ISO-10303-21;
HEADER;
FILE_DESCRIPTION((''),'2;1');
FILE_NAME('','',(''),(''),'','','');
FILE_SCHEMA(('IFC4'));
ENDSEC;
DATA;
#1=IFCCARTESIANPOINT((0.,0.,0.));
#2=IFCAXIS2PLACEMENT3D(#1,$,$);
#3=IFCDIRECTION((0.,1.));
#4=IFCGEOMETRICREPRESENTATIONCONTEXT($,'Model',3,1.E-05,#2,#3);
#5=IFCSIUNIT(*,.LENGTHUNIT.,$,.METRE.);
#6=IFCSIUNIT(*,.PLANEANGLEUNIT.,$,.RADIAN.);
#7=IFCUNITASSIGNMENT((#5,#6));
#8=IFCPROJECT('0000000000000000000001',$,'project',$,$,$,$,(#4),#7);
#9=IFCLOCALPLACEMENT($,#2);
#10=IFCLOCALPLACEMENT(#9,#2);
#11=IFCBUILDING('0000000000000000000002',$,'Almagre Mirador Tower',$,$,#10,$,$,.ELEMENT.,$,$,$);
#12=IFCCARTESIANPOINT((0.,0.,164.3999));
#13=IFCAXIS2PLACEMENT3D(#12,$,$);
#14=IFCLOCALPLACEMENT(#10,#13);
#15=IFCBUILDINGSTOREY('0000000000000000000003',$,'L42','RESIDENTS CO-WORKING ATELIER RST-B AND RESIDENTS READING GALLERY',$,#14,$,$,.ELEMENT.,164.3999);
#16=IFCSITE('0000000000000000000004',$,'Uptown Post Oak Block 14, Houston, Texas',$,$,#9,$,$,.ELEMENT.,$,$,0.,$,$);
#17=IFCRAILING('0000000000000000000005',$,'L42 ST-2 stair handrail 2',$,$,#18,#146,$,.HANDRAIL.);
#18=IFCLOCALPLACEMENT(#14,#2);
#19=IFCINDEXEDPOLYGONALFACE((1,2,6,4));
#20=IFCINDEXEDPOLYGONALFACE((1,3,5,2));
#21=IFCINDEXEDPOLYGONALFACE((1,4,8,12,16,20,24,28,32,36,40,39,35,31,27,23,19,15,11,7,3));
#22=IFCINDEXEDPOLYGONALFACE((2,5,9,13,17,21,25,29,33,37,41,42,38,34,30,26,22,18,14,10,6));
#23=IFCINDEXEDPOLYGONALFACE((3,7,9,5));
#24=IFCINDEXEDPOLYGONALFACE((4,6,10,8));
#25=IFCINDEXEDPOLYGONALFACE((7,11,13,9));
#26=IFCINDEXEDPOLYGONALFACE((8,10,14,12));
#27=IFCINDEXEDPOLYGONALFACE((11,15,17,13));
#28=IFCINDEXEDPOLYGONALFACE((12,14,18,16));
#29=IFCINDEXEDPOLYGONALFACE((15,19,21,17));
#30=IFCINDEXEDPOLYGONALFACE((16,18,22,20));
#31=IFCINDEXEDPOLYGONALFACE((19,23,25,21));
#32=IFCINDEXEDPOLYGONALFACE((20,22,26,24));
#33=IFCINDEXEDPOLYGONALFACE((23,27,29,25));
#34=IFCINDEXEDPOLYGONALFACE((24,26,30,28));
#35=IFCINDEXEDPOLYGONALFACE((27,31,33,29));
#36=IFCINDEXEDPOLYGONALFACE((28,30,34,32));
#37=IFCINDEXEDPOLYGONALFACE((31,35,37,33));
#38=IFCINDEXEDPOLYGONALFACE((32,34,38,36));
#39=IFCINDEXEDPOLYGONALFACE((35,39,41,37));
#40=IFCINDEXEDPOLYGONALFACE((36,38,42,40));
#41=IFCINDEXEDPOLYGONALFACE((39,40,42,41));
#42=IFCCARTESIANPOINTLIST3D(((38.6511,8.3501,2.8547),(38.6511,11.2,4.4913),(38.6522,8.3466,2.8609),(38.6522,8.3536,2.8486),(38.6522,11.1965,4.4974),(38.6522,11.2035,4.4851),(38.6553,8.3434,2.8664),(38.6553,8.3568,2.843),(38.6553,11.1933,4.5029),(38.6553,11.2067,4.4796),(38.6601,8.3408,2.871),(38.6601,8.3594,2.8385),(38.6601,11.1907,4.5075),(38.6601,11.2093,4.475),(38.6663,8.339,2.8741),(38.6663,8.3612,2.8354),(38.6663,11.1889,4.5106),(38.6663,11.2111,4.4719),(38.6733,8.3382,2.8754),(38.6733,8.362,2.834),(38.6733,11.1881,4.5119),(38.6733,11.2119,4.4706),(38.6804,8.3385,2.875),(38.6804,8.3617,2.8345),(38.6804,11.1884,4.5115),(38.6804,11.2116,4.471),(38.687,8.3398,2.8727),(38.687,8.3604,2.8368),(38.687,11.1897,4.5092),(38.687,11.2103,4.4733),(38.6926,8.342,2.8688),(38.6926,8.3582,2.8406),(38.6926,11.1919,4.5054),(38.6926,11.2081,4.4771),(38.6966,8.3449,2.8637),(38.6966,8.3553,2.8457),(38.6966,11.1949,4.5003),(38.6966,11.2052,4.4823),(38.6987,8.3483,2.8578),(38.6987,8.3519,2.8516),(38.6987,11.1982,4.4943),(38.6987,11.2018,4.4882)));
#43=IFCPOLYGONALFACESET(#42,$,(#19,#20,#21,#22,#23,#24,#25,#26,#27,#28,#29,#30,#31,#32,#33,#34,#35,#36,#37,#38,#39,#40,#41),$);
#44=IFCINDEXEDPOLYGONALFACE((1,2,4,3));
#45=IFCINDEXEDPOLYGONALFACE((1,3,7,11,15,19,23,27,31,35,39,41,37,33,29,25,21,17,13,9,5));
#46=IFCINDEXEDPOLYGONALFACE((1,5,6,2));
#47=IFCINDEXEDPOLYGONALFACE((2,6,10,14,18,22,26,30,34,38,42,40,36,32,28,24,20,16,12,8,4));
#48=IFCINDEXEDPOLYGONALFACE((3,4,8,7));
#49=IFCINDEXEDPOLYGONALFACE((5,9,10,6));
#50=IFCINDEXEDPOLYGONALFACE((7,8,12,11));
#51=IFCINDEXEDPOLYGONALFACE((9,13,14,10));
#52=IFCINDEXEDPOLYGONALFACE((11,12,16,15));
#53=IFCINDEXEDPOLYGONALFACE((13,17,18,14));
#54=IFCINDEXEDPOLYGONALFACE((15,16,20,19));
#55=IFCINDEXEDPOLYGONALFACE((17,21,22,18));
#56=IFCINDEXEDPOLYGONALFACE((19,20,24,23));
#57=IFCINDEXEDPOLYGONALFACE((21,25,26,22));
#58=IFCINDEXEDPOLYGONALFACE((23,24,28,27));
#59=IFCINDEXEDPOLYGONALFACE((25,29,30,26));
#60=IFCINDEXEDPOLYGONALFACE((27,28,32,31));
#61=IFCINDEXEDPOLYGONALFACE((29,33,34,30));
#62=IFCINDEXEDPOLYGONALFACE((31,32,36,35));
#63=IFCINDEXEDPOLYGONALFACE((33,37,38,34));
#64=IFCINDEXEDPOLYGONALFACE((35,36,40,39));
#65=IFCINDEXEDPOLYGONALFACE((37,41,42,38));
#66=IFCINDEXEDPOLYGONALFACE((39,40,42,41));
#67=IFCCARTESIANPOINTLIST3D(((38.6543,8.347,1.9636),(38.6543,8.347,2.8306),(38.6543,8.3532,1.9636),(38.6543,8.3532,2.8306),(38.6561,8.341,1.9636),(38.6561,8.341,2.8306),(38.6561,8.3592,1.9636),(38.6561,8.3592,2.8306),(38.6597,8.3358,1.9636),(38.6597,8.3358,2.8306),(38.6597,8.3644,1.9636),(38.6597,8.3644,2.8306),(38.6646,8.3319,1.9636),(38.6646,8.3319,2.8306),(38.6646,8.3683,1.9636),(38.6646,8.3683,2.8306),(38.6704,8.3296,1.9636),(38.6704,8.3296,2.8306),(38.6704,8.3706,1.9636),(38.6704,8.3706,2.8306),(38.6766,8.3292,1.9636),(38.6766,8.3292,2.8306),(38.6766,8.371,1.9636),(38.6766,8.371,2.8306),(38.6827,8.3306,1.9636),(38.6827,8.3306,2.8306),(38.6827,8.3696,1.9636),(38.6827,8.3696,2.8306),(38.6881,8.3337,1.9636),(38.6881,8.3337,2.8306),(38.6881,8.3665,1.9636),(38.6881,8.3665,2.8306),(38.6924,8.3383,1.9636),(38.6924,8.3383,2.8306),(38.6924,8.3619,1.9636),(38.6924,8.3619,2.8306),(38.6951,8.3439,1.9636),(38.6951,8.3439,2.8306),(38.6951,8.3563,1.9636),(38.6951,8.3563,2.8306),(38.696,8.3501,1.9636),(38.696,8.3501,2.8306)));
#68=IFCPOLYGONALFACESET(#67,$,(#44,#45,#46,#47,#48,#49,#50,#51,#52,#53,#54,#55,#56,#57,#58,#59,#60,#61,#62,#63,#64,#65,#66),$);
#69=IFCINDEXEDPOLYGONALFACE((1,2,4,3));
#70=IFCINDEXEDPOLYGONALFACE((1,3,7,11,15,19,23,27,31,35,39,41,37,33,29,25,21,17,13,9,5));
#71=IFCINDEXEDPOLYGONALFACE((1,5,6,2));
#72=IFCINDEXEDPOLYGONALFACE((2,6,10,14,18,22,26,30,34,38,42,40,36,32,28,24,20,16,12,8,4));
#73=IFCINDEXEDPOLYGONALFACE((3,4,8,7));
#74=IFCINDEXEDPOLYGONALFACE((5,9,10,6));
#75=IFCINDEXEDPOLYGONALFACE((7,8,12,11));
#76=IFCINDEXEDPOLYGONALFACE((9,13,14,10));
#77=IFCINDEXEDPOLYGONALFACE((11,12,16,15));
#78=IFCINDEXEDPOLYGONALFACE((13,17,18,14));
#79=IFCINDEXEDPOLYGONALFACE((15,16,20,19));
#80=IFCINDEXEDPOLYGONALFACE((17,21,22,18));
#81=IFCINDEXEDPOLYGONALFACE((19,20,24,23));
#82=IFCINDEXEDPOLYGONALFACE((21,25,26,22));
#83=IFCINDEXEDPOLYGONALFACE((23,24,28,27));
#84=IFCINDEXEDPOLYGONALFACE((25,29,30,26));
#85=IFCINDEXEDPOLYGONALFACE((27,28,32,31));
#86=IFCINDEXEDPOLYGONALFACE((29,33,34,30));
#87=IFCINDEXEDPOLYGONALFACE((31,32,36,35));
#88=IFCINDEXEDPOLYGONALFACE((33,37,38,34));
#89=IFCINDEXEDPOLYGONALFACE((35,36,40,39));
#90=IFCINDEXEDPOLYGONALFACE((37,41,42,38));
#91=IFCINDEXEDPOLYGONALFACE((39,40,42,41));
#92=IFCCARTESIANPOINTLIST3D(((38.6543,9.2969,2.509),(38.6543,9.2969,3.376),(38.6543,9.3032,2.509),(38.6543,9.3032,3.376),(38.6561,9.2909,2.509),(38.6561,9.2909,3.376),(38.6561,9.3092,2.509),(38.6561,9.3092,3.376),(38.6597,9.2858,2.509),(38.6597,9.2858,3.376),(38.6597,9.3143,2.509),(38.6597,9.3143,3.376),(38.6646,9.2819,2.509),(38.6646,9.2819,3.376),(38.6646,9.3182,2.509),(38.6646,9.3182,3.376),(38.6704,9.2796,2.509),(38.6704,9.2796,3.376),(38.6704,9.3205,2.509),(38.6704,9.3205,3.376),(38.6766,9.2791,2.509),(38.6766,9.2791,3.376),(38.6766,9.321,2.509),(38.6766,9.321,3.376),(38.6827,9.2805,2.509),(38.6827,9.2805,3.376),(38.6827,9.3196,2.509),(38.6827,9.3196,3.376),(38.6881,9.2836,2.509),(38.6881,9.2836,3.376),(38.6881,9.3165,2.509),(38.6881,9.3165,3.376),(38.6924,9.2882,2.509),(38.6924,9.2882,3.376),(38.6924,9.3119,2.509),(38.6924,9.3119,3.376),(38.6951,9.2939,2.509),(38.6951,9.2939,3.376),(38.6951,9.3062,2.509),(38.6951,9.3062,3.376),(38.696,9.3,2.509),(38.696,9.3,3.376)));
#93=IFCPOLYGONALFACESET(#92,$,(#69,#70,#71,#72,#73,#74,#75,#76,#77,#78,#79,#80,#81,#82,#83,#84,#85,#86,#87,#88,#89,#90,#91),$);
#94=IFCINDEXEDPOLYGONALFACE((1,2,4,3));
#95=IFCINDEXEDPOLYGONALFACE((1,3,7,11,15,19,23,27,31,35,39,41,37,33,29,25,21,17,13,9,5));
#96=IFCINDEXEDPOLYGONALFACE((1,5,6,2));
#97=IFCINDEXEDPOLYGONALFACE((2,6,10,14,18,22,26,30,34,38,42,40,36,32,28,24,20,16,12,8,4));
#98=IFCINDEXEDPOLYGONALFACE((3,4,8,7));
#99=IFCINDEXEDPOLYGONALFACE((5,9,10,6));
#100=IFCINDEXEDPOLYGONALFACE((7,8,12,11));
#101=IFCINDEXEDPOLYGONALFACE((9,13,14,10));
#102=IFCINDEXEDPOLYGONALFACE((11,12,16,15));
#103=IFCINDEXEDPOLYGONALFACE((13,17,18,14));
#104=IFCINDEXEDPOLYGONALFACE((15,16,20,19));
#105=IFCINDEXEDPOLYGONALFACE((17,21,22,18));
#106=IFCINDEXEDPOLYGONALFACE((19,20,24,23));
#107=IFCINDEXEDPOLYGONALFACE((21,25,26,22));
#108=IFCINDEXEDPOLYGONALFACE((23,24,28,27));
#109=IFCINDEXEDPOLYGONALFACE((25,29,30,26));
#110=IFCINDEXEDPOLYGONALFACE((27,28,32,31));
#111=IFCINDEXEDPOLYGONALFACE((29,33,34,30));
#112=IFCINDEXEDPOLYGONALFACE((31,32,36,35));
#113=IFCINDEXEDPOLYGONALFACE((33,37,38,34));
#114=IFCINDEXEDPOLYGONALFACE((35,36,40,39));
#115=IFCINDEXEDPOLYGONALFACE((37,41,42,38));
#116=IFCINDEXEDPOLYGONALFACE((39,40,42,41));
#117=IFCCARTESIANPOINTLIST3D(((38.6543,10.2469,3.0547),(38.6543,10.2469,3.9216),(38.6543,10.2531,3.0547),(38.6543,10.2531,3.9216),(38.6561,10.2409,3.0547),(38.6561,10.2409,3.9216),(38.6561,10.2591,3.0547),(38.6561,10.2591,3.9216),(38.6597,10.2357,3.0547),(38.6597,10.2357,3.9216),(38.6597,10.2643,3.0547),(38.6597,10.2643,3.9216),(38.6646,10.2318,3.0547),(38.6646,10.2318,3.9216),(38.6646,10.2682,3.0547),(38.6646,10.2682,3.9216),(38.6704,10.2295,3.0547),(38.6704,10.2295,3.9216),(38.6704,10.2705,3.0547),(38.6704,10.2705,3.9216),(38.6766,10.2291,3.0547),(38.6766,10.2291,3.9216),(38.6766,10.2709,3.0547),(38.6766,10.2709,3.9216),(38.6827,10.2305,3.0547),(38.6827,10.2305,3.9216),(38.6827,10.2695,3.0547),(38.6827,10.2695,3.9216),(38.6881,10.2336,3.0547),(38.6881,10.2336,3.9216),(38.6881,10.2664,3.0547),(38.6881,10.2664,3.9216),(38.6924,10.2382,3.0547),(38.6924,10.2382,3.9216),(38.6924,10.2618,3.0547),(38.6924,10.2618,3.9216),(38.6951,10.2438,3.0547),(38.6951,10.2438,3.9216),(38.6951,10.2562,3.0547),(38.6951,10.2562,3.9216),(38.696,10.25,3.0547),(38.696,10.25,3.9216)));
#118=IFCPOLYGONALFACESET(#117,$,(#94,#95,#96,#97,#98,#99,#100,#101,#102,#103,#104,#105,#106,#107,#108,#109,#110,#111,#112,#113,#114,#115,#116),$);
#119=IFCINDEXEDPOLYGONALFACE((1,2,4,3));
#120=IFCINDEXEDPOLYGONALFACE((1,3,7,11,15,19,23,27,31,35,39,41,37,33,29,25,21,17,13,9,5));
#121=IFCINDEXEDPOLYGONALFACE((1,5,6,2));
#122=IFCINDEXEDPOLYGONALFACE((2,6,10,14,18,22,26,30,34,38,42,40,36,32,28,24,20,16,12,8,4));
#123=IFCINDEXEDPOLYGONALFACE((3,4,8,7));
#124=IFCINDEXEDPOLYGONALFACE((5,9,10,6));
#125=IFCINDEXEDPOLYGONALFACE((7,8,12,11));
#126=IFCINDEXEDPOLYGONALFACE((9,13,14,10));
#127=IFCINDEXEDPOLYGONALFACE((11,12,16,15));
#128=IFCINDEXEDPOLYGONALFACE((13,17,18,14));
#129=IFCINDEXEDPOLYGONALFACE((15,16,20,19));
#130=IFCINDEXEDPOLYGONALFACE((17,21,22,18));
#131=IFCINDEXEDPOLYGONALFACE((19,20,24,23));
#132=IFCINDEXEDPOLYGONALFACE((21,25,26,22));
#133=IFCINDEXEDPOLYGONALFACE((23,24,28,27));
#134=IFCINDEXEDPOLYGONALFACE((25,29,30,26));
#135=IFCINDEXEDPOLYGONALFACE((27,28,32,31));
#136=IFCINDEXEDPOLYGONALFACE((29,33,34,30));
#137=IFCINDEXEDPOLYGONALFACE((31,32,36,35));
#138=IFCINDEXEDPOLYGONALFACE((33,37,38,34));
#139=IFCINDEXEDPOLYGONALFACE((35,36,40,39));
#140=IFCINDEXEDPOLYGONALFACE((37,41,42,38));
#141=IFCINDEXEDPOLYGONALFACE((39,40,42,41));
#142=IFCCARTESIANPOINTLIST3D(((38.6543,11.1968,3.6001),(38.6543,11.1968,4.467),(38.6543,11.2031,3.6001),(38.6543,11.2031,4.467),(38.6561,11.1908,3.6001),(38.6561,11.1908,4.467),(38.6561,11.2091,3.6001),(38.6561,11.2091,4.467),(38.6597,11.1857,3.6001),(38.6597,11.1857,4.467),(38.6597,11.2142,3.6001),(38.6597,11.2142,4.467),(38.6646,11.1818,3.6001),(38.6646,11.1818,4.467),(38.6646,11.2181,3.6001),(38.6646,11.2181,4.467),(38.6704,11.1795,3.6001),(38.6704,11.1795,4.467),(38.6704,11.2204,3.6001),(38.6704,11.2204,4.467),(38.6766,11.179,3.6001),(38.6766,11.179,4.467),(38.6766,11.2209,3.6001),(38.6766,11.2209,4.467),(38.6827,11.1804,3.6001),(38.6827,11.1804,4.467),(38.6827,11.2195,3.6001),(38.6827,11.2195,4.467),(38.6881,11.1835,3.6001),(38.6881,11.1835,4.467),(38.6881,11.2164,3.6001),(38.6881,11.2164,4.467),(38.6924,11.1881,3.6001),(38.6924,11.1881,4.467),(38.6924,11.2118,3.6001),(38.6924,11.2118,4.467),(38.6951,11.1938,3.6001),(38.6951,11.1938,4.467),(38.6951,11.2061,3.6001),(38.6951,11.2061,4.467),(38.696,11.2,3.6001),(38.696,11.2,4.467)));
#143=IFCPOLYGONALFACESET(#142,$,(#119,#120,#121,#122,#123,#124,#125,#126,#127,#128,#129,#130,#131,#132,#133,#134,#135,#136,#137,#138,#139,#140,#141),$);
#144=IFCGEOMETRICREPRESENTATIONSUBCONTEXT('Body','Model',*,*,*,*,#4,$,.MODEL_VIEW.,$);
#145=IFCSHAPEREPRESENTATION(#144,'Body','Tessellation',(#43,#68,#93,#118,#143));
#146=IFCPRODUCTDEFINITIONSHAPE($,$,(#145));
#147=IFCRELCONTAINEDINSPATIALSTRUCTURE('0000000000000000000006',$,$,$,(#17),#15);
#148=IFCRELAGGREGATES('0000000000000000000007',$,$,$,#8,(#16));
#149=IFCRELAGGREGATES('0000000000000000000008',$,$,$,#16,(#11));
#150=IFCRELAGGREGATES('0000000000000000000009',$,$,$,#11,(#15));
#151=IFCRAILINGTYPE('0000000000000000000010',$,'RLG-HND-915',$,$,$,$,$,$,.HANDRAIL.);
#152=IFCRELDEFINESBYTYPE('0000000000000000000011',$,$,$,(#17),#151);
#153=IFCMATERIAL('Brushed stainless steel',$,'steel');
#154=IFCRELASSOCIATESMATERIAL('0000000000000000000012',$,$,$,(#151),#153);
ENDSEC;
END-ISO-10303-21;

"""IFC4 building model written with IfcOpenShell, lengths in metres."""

from ifc_helpers import new_model, si_unit, direction, frame, origin, origin_2d, place, context, subcontext, project, spatial, circle, extrude, material, type_object, element, save


model = new_model("IFC4")

# Units and contexts
model_context = context("Model", 3, precision=1e-05, world=origin(), true_north=direction((0.0, 1.0)))
body_context = subcontext(model_context, "Body", "Model", "MODEL_VIEW")
ifc_project = project(units=[si_unit("LENGTHUNIT", "METRE"), si_unit("PLANEANGLEUNIT", "RADIAN")], contexts=[model_context])

# Site, building, storey
site_placement = place(None, origin())
site = spatial("IfcSite", under=ifc_project, at=site_placement, Name="Uptown Post Oak Block 14, Houston, Texas", CompositionType="ELEMENT", RefElevation=0.0)
building_placement = place(site_placement, origin())
building = spatial("IfcBuilding", under=site, at=building_placement, Name="Almagre Mirador Tower", CompositionType="ELEMENT")
storey_placement = place(building_placement, frame((0.0, 0.0, 164.3999)))
storey = spatial("IfcBuildingStorey", under=building, at=storey_placement, Name="L42", Description="RESIDENTS CO-WORKING ATELIER RST-B AND RESIDENTS READING GALLERY", CompositionType="ELEMENT", Elevation=164.3999)

# Railing
ifc_material_1 = material(Name="Brushed stainless steel", Category="steel")
railing_type_1 = type_object("IfcRailingType", Name="RLG-HND-915", PredefinedType="HANDRAIL", material=ifc_material_1)
railing_1_placement = place(storey_placement, frame((38.675, 8.3501, 1.9636)))
element("IfcRailing", 1, at=railing_1_placement, inside=storey, type_object=railing_type_1, Name="L42 ST-2 stair handrail 2", PredefinedType="HANDRAIL", context=body_context, shape_type="SweptSolid", body=[
    extrude(circle(Radius=0.0239, at=origin_2d()), frame((0.0, 0.0, 0.8911), z_axis=(0.0, 0.867194, 0.49797), x_axis=(-1.0, 0.0, 0.0)), (0.0, 0.0, 1.0), 3.2864),
    extrude(circle(Radius=0.021, at=origin_2d()), origin(), (0.0, 0.0, 1.0), 0.8669),
    extrude(circle(Radius=0.021, at=origin_2d()), frame((0.0, 0.95, 0.5454)), (0.0, 0.0, 1.0), 0.8669),
    extrude(circle(Radius=0.021, at=origin_2d()), frame((0.0, 1.8999, 1.0911)), (0.0, 0.0, 1.0), 0.8669),
    extrude(circle(Radius=0.021, at=origin_2d()), frame((0.0, 2.8499, 1.6365)), (0.0, 0.0, 1.0), 0.8669),
])

save(model, "model.ifc")
